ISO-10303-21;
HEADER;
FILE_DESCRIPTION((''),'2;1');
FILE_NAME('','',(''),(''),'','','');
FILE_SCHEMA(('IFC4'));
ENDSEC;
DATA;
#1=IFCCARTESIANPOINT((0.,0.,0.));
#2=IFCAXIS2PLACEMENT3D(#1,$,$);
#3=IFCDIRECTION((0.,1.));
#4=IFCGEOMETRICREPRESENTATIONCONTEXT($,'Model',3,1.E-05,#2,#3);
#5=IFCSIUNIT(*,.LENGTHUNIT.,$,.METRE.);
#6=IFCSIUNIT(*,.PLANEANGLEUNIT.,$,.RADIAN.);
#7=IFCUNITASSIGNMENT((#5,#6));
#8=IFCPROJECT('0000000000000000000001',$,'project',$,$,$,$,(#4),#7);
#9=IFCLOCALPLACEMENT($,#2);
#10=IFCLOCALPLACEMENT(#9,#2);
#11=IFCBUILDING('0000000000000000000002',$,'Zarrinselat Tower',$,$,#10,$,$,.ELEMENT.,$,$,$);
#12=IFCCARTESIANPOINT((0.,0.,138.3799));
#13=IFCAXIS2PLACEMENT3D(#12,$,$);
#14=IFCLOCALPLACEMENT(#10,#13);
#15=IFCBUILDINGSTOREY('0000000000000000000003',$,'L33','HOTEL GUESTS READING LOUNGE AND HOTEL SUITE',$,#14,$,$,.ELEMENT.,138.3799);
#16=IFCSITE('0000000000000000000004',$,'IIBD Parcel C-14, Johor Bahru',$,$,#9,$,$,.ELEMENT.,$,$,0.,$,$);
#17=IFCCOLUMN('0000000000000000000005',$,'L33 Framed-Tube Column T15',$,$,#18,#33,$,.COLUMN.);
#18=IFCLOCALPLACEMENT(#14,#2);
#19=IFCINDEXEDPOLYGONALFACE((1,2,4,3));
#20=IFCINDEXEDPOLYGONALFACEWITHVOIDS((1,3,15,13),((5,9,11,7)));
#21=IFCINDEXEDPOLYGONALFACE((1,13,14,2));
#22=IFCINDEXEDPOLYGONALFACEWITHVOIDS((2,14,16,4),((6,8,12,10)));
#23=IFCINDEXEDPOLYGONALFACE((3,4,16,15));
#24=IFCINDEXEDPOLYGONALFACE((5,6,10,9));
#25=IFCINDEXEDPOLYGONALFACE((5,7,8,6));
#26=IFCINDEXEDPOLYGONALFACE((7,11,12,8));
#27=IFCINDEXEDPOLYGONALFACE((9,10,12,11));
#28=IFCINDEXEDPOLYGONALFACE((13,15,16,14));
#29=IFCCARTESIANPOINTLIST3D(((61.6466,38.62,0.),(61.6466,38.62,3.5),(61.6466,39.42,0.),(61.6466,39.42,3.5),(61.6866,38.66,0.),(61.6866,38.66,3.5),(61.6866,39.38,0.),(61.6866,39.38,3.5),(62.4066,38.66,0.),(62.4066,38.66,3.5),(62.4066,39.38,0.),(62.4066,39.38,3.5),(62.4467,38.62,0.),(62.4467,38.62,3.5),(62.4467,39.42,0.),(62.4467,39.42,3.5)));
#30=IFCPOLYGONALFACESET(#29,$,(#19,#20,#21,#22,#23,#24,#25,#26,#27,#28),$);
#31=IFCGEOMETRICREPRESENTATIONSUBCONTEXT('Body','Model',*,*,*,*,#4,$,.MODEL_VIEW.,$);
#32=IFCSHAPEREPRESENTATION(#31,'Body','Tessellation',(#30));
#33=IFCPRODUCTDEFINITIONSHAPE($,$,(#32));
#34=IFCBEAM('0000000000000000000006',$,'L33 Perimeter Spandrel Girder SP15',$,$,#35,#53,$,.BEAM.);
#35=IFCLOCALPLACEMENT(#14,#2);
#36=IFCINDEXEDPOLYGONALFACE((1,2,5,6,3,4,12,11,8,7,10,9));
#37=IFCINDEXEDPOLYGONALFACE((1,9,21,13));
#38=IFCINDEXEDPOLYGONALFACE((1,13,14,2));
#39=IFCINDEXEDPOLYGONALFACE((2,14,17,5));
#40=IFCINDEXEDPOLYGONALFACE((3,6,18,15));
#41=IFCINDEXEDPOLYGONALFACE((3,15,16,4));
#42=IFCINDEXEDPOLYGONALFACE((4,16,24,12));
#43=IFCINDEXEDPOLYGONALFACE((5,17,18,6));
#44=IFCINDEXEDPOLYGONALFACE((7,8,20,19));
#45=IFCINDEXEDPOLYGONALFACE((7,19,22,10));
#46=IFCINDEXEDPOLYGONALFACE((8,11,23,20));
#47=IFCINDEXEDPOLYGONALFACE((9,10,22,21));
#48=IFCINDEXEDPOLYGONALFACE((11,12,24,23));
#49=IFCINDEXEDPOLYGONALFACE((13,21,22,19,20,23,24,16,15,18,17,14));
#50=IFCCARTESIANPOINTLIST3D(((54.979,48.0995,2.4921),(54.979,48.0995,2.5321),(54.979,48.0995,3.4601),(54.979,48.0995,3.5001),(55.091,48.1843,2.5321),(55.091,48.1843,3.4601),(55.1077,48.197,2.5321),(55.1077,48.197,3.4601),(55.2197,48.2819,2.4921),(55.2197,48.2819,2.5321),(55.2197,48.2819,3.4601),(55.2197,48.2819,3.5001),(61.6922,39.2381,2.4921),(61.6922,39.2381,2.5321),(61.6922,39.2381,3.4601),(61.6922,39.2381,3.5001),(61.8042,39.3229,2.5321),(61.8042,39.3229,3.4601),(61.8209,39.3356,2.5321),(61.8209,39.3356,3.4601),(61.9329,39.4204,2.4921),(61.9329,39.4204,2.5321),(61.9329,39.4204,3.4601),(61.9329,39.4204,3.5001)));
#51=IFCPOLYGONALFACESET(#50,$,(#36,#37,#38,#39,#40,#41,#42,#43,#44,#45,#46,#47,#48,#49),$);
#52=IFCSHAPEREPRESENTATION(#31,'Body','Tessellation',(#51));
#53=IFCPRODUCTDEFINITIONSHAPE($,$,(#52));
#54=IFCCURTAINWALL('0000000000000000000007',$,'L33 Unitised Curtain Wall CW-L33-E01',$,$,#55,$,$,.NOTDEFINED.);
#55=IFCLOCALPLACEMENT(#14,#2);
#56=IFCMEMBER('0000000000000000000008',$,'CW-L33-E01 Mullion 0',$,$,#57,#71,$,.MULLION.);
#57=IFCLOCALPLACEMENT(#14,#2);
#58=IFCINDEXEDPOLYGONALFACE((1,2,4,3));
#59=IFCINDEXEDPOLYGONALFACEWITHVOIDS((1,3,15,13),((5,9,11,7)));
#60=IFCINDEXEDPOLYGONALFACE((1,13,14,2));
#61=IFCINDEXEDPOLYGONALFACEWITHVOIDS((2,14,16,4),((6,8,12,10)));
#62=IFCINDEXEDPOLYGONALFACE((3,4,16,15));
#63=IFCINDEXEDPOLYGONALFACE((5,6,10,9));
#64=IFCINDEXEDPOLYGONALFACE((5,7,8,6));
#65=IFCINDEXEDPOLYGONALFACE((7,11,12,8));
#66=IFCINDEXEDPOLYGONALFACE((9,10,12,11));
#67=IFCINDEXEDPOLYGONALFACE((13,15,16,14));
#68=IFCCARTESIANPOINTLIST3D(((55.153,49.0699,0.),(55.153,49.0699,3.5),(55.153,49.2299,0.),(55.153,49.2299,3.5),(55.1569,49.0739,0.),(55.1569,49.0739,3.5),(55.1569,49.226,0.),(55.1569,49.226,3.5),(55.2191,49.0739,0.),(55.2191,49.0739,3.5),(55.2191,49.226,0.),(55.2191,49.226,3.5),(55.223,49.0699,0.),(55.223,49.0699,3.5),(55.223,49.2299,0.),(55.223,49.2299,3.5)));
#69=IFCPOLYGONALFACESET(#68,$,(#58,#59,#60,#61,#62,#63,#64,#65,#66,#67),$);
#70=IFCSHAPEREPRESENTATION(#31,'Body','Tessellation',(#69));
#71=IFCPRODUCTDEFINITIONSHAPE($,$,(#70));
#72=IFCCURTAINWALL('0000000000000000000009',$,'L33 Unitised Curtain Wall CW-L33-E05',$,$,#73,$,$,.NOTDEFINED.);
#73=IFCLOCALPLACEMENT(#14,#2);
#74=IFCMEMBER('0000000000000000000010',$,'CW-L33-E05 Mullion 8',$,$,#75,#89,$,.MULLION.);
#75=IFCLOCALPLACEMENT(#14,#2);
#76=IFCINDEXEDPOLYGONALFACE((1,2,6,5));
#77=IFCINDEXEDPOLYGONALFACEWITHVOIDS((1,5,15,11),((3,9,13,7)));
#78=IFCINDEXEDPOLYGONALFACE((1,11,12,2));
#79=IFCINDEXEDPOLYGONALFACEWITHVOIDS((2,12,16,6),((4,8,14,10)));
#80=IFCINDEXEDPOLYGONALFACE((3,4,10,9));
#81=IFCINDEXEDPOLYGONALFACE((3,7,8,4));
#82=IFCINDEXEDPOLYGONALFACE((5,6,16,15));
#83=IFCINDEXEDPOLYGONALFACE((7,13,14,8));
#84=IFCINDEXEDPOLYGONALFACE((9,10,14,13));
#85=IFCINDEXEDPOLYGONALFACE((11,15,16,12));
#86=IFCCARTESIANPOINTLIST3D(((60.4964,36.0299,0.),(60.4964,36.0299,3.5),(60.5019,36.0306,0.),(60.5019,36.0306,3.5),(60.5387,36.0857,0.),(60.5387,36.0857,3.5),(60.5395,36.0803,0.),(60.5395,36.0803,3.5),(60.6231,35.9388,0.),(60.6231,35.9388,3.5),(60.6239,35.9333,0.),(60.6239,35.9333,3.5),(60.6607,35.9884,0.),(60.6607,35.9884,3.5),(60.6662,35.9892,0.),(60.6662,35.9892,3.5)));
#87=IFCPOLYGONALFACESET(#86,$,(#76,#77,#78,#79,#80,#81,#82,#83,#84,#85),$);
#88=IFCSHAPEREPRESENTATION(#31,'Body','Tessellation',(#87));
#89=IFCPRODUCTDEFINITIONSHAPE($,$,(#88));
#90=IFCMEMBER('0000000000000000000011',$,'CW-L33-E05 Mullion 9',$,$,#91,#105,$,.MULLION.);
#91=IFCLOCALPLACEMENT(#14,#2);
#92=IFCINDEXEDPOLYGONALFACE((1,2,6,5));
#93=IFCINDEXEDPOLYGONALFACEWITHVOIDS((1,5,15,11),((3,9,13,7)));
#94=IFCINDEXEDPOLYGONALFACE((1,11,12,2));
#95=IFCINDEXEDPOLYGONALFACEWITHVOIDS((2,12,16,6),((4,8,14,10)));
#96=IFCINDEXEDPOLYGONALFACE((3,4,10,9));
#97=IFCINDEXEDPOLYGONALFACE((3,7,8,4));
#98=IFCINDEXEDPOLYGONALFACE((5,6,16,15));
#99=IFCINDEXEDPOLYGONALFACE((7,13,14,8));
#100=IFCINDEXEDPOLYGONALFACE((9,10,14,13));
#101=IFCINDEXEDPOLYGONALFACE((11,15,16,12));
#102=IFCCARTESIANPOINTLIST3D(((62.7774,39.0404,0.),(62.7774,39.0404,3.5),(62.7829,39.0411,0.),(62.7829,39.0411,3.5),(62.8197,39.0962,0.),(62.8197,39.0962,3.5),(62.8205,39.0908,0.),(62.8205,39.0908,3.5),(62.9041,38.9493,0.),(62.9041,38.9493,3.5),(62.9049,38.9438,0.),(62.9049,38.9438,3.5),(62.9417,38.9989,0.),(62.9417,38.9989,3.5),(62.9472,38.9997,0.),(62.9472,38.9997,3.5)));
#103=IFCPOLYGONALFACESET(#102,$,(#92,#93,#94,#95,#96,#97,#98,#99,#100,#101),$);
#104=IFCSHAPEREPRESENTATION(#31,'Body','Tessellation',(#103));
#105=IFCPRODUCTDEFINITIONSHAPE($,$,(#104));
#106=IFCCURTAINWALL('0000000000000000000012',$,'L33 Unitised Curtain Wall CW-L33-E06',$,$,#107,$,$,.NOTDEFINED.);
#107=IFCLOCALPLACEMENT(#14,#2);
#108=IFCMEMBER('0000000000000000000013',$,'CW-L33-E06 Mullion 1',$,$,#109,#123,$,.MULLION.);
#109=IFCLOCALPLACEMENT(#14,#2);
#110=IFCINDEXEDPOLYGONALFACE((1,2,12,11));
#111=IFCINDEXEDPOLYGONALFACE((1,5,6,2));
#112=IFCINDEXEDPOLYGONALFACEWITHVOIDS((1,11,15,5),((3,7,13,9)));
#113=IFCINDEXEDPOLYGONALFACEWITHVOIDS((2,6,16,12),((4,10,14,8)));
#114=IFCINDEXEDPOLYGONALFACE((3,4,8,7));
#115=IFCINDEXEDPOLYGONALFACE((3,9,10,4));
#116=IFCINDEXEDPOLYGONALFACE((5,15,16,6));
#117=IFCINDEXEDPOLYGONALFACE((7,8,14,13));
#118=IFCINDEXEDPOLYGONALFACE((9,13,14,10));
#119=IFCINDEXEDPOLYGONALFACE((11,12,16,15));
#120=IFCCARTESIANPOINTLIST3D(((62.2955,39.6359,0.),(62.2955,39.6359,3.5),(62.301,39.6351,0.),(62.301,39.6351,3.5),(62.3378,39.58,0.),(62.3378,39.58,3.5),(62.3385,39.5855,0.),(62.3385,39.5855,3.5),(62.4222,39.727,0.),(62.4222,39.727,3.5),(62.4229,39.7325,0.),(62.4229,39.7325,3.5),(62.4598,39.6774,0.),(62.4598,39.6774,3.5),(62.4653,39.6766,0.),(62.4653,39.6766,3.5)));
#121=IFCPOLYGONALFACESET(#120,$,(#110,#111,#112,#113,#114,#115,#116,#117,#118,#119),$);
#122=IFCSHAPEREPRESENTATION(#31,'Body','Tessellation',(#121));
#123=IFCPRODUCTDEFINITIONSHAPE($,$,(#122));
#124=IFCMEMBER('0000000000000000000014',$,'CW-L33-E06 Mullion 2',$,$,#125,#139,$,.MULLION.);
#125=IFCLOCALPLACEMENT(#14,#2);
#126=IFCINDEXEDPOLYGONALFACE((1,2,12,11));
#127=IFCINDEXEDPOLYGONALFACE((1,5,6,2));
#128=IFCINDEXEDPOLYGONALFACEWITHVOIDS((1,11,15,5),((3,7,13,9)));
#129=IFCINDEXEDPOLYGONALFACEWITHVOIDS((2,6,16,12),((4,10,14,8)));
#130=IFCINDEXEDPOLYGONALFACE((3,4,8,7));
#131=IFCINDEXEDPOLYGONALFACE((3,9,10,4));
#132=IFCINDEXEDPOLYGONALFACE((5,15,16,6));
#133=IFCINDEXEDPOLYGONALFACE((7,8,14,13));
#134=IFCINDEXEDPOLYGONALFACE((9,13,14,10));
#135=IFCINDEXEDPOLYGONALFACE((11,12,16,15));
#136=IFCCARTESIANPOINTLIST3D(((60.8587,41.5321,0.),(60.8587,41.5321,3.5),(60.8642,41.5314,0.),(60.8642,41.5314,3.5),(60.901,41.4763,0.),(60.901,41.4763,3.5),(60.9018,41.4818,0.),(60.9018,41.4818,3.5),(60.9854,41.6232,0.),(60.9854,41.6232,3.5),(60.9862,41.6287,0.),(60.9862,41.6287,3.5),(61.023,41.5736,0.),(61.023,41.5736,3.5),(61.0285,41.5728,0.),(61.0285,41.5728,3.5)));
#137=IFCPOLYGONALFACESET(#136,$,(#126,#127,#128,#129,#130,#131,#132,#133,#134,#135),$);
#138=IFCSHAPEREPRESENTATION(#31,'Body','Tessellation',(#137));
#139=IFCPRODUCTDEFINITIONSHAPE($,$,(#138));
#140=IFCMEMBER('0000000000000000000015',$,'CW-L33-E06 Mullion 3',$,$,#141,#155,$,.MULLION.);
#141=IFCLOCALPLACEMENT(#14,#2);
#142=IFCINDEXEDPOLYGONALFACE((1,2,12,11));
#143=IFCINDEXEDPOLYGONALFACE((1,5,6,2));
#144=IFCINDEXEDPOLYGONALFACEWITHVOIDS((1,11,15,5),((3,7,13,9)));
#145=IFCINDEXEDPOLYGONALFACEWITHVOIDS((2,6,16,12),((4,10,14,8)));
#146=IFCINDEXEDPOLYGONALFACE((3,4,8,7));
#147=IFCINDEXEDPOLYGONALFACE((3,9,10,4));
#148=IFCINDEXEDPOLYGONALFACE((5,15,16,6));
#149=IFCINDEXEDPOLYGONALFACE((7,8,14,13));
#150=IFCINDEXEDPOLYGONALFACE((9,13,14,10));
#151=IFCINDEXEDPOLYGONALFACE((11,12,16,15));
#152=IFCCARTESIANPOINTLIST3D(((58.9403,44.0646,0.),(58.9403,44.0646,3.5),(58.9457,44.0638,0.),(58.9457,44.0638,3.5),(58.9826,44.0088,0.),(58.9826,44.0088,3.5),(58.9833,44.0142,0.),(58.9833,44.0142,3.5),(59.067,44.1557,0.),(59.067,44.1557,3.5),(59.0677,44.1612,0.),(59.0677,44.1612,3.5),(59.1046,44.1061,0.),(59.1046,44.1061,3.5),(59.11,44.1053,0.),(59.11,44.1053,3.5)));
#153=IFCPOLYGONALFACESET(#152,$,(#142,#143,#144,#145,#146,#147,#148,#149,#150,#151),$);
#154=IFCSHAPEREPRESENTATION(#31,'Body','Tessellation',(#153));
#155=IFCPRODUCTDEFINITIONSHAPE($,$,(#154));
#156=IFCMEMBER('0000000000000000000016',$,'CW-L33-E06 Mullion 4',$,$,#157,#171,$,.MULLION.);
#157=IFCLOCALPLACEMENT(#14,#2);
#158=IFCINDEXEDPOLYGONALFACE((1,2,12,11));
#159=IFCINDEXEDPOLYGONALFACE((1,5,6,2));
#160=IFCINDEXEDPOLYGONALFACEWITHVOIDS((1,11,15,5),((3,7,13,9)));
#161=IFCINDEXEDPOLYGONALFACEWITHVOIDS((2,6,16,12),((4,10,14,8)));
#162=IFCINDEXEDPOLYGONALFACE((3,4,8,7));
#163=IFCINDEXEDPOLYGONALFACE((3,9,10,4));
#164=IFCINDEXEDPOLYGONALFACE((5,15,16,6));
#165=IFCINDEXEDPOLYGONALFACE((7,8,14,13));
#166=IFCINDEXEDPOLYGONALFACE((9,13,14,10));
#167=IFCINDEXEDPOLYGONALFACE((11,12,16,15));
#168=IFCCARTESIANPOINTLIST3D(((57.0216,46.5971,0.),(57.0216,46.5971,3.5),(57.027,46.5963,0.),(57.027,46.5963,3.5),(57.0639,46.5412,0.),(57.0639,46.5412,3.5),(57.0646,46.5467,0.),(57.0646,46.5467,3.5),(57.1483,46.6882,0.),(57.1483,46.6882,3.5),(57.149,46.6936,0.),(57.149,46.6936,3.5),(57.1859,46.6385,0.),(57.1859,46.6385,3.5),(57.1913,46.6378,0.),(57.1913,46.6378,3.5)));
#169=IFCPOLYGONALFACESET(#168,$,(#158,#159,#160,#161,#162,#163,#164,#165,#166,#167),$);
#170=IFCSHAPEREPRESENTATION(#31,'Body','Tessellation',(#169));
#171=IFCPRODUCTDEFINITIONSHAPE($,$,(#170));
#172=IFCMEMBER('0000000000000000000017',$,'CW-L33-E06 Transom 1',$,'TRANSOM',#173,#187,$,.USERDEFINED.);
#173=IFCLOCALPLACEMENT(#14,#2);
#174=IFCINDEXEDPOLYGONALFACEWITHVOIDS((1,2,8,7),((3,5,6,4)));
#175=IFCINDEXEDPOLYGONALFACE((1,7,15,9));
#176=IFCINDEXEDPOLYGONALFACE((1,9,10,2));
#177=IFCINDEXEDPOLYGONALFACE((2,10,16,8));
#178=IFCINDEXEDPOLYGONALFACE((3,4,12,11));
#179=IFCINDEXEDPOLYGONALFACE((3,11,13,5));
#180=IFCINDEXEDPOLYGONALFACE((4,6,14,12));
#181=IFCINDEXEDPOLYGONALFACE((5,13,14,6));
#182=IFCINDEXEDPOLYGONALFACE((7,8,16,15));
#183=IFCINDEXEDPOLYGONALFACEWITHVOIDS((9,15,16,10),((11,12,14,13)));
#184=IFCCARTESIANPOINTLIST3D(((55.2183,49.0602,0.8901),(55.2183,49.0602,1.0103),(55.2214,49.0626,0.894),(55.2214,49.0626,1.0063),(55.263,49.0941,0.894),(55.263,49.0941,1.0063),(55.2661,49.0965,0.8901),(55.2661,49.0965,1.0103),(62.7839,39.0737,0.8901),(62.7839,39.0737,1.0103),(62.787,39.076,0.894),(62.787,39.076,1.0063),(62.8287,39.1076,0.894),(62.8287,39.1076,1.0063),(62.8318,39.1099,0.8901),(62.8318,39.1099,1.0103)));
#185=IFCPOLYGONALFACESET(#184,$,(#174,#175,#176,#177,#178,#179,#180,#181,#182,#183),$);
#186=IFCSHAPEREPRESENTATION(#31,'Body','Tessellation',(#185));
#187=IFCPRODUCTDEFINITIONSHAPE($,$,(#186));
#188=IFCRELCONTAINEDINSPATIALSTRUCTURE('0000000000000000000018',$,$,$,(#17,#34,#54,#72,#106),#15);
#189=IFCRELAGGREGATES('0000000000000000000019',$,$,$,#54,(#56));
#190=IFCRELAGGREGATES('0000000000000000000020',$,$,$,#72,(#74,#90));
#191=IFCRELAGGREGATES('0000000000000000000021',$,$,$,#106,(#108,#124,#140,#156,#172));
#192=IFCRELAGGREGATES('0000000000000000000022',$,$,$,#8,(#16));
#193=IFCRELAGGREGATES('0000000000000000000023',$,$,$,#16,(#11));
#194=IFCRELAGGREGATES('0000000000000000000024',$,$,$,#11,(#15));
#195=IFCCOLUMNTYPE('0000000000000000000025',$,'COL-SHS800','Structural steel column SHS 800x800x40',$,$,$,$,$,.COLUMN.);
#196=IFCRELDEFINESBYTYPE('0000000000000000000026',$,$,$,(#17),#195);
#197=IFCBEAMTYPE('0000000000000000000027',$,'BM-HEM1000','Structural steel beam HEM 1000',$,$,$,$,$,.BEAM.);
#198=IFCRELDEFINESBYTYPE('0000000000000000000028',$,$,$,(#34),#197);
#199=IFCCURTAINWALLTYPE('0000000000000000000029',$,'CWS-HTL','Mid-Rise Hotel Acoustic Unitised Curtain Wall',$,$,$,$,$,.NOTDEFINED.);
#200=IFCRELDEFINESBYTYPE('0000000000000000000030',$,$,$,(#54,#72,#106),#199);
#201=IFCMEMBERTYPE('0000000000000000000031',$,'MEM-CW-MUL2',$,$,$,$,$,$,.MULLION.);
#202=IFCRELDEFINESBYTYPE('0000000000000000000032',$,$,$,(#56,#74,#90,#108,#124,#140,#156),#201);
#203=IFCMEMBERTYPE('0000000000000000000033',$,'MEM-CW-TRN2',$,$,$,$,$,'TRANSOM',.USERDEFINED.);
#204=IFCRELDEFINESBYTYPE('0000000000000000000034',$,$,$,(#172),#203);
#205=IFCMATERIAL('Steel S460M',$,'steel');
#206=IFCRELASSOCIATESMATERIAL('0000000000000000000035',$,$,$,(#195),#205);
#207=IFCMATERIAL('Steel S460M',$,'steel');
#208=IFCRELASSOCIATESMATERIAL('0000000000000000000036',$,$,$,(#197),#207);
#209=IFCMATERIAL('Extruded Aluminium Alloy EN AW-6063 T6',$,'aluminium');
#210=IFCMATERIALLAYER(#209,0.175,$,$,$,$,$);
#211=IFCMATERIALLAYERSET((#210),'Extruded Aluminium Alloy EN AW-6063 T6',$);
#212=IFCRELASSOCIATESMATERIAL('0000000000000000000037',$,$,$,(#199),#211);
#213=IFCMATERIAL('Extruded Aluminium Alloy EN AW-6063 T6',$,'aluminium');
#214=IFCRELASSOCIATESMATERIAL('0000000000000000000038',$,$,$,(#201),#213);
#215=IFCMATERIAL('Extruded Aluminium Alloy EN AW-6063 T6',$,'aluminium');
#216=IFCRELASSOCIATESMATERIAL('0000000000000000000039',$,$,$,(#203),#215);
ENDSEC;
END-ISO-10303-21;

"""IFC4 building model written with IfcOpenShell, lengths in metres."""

from ifc_helpers import new_model, si_unit, direction, frame, origin, origin_2d, place, context, subcontext, project, spatial, hollow_rectangle, i_section, extrude, material, layer, layer_set, material_profile, profile_set, type_object, element, aggregate, save


model = new_model("IFC4")

# Units and contexts
model_context = context("Model", 3, precision=1e-05, world=origin(), true_north=direction((0.0, 1.0)))
body_context = subcontext(model_context, "Body", "Model", "MODEL_VIEW")
ifc_project = project(units=[si_unit("LENGTHUNIT", "METRE"), si_unit("PLANEANGLEUNIT", "RADIAN")], contexts=[model_context])

# Site, building, storey
site_placement = place(None, origin())
site = spatial("IfcSite", under=ifc_project, at=site_placement, Name="IIBD Parcel C-14, Johor Bahru", CompositionType="ELEMENT", RefElevation=0.0)
building_placement = place(site_placement, origin())
building = spatial("IfcBuilding", under=site, at=building_placement, Name="Zarrinselat Tower", CompositionType="ELEMENT")
storey_placement = place(building_placement, frame((0.0, 0.0, 138.3799)))
storey = spatial("IfcBuildingStorey", under=building, at=storey_placement, Name="L33", Description="HOTEL GUESTS READING LOUNGE AND HOTEL SUITE", CompositionType="ELEMENT", Elevation=138.3799)

# Column
ifc_material_1 = material(Name="Steel S460M", Category="steel")
ifc_material_profile_1 = material_profile(ifc_material_1, hollow_rectangle(XDim=0.8, YDim=0.8, WallThickness=0.04, at=origin_2d()), Name="SHS 800x800x40")
ifc_profile_set_1 = profile_set([ifc_material_profile_1], Name="Steel S460M")
column_type = type_object("IfcColumnType", Name="COL-SHS800", Description="Structural steel column SHS 800x800x40", PredefinedType="COLUMN", material=ifc_profile_set_1)
column_placement = place(storey_placement, frame((62.0466, 39.02, 0.0), z_axis=(0.0, 0.0, 1.0), x_axis=(1.0, 0.0, 0.0)))
element("IfcColumn", 1, at=column_placement, inside=storey, type_object=column_type, Name="L33 Framed-Tube Column T15", PredefinedType="COLUMN", context=body_context, shape_type="SweptSolid", body=[
    extrude(hollow_rectangle(XDim=0.8, YDim=0.8, WallThickness=0.04, at=origin_2d()), origin(), (0.0, 0.0, 1.0), 3.5),
])

# Beam
ifc_material_2 = material(Name="Steel S460M", Category="steel")
ifc_material_profile_2 = material_profile(ifc_material_2, i_section(OverallWidth=0.302, OverallDepth=1.0081, WebThickness=0.021, FlangeThickness=0.04, at=origin_2d()), Name="HEM 1000")
ifc_profile_set_2 = profile_set([ifc_material_profile_2], Name="Steel S460M")
beam_type = type_object("IfcBeamType", Name="BM-HEM1000", Description="Structural steel beam HEM 1000", PredefinedType="BEAM", material=ifc_profile_set_2)
beam_placement = place(storey_placement, frame((55.0994, 48.1907, 2.9961), z_axis=(0.603858, -0.797092, 0.0), x_axis=(0.797092, 0.603858, 0.0)))
element("IfcBeam", 2, at=beam_placement, inside=storey, type_object=beam_type, Name="L33 Perimeter Spandrel Girder SP15", PredefinedType="BEAM", context=body_context, shape_type="SweptSolid", body=[
    extrude(i_section(OverallWidth=0.302, OverallDepth=1.0081, WebThickness=0.021, FlangeThickness=0.04, at=origin_2d()), origin(), (0.0, 0.0, 1.0), 11.1172),
])

# Curtain wall, member
ifc_material_3 = material(Name="Extruded Aluminium Alloy EN AW-6063 T6", Category="aluminium")
ifc_layer_1 = layer(ifc_material_3, 0.175)
ifc_layer_set_1 = layer_set([ifc_layer_1], Name="Extruded Aluminium Alloy EN AW-6063 T6")
curtain_wall_type = type_object("IfcCurtainWallType", Name="CWS-HTL", Description="Mid-Rise Hotel Acoustic Unitised Curtain Wall", PredefinedType="NOTDEFINED", material=ifc_layer_set_1)
curtain_wall_1_placement = place(storey_placement, origin())
curtain_wall_1 = element("IfcCurtainWall", 3, at=curtain_wall_1_placement, inside=storey, type_object=curtain_wall_type, Name="L33 Unitised Curtain Wall CW-L33-E01", PredefinedType="NOTDEFINED")
ifc_material_4 = material(Name="Extruded Aluminium Alloy EN AW-6063 T6", Category="aluminium")
ifc_material_profile_3 = material_profile(ifc_material_4, hollow_rectangle(XDim=0.0701, YDim=0.1599, WallThickness=0.0039, at=origin_2d()), Name="RHS 160x70x4")
ifc_profile_set_3 = profile_set([ifc_material_profile_3], Name="Extruded Aluminium Alloy EN AW-6063 T6")
member_type_1 = type_object("IfcMemberType", Name="MEM-CW-MUL2", PredefinedType="MULLION", material=ifc_profile_set_3)
member_1_placement = place(storey_placement, frame((55.188, 49.1499, 0.0), z_axis=(0.0, 0.0, 1.0), x_axis=(-1.0, 0.0, 0.0)))
member_1 = element("IfcMember", 4, at=member_1_placement, type_object=member_type_1, Name="CW-L33-E01 Mullion 0", PredefinedType="MULLION", context=body_context, shape_type="SweptSolid", body=[
    extrude(hollow_rectangle(XDim=0.0701, YDim=0.1599, WallThickness=0.0039, at=origin_2d()), origin(), (0.0, 0.0, 1.0), 3.5),
])
aggregate(curtain_wall_1, [member_1])

# Curtain walls, members
curtain_wall_2_placement = place(storey_placement, origin())
curtain_wall_2 = element("IfcCurtainWall", 5, at=curtain_wall_2_placement, inside=storey, type_object=curtain_wall_type, Name="L33 Unitised Curtain Wall CW-L33-E05", PredefinedType="NOTDEFINED")
member_2_placement = place(storey_placement, frame((60.5813, 36.0095, 0.0), z_axis=(0.0, 0.0, 1.0), x_axis=(0.603856, 0.797094, 0.0)))
member_2 = element("IfcMember", 6, at=member_2_placement, type_object=member_type_1, Name="CW-L33-E05 Mullion 8", PredefinedType="MULLION", context=body_context, shape_type="SweptSolid", body=[
    extrude(hollow_rectangle(XDim=0.0701, YDim=0.1599, WallThickness=0.0039, at=origin_2d()), origin(), (0.0, 0.0, 1.0), 3.5),
])
member_3_placement = place(storey_placement, frame((62.8623, 39.02, 0.0), z_axis=(0.0, 0.0, 1.0), x_axis=(0.603856, 0.797094, 0.0)))
member_3 = element("IfcMember", 7, at=member_3_placement, type_object=member_type_1, Name="CW-L33-E05 Mullion 9", PredefinedType="MULLION", context=body_context, shape_type="SweptSolid", body=[
    extrude(hollow_rectangle(XDim=0.0701, YDim=0.1599, WallThickness=0.0039, at=origin_2d()), origin(), (0.0, 0.0, 1.0), 3.5),
])
curtain_wall_3_placement = place(storey_placement, origin())
curtain_wall_3 = element("IfcCurtainWall", 8, at=curtain_wall_3_placement, inside=storey, type_object=curtain_wall_type, Name="L33 Unitised Curtain Wall CW-L33-E06", PredefinedType="NOTDEFINED")
member_4_placement = place(storey_placement, frame((62.3804, 39.6562, 0.0), z_axis=(0.0, 0.0, 1.0), x_axis=(-0.603859, 0.797091, 0.0)))
member_4 = element("IfcMember", 9, at=member_4_placement, type_object=member_type_1, Name="CW-L33-E06 Mullion 1", PredefinedType="MULLION", context=body_context, shape_type="SweptSolid", body=[
    extrude(hollow_rectangle(XDim=0.0701, YDim=0.1599, WallThickness=0.0039, at=origin_2d()), origin(), (0.0, 0.0, 1.0), 3.5),
])
member_5_placement = place(storey_placement, frame((60.9436, 41.5525, 0.0), z_axis=(0.0, 0.0, 1.0), x_axis=(-0.603859, 0.797091, 0.0)))
member_5 = element("IfcMember", 10, at=member_5_placement, type_object=member_type_1, Name="CW-L33-E06 Mullion 2", PredefinedType="MULLION", context=body_context, shape_type="SweptSolid", body=[
    extrude(hollow_rectangle(XDim=0.0701, YDim=0.1599, WallThickness=0.0039, at=origin_2d()), origin(), (0.0, 0.0, 1.0), 3.5),
])
member_6_placement = place(storey_placement, frame((59.0251, 44.085, 0.0), z_axis=(0.0, 0.0, 1.0), x_axis=(-0.603859, 0.797091, 0.0)))
member_6 = element("IfcMember", 11, at=member_6_placement, type_object=member_type_1, Name="CW-L33-E06 Mullion 3", PredefinedType="MULLION", context=body_context, shape_type="SweptSolid", body=[
    extrude(hollow_rectangle(XDim=0.0701, YDim=0.1599, WallThickness=0.0039, at=origin_2d()), origin(), (0.0, 0.0, 1.0), 3.5),
])
member_7_placement = place(storey_placement, frame((57.1064, 46.6174, 0.0), z_axis=(0.0, 0.0, 1.0), x_axis=(-0.603859, 0.797091, 0.0)))
member_7 = element("IfcMember", 12, at=member_7_placement, type_object=member_type_1, Name="CW-L33-E06 Mullion 4", PredefinedType="MULLION", context=body_context, shape_type="SweptSolid", body=[
    extrude(hollow_rectangle(XDim=0.0701, YDim=0.1599, WallThickness=0.0039, at=origin_2d()), origin(), (0.0, 0.0, 1.0), 3.5),
])
ifc_material_5 = material(Name="Extruded Aluminium Alloy EN AW-6063 T6", Category="aluminium")
ifc_material_profile_4 = material_profile(ifc_material_5, hollow_rectangle(XDim=0.0601, YDim=0.1201, WallThickness=0.0039, at=origin_2d()), Name="RHS 120x60x4")
ifc_profile_set_4 = profile_set([ifc_material_profile_4], Name="Extruded Aluminium Alloy EN AW-6063 T6")
member_type_2 = type_object("IfcMemberType", Name="MEM-CW-TRN2", ElementType="TRANSOM", PredefinedType="USERDEFINED", material=ifc_profile_set_4)
member_8_placement = place(storey_placement, frame((62.8079, 39.0918, 0.9502), z_axis=(-0.603862, 0.797089, 0.0), x_axis=(-0.797089, -0.603862, 0.0)))
member_8 = element("IfcMember", 13, at=member_8_placement, type_object=member_type_2, Name="CW-L33-E06 Transom 1", ObjectType="TRANSOM", PredefinedType="USERDEFINED", context=body_context, shape_type="SweptSolid", body=[
    extrude(hollow_rectangle(XDim=0.0601, YDim=0.1201, WallThickness=0.0039, at=origin_2d()), origin(), (0.0, 0.0, 1.0), 12.5288),
])

aggregate(curtain_wall_2, [member_2, member_3])
aggregate(curtain_wall_3, [member_4, member_5, member_6, member_7, member_8])

save(model, "model.ifc")
